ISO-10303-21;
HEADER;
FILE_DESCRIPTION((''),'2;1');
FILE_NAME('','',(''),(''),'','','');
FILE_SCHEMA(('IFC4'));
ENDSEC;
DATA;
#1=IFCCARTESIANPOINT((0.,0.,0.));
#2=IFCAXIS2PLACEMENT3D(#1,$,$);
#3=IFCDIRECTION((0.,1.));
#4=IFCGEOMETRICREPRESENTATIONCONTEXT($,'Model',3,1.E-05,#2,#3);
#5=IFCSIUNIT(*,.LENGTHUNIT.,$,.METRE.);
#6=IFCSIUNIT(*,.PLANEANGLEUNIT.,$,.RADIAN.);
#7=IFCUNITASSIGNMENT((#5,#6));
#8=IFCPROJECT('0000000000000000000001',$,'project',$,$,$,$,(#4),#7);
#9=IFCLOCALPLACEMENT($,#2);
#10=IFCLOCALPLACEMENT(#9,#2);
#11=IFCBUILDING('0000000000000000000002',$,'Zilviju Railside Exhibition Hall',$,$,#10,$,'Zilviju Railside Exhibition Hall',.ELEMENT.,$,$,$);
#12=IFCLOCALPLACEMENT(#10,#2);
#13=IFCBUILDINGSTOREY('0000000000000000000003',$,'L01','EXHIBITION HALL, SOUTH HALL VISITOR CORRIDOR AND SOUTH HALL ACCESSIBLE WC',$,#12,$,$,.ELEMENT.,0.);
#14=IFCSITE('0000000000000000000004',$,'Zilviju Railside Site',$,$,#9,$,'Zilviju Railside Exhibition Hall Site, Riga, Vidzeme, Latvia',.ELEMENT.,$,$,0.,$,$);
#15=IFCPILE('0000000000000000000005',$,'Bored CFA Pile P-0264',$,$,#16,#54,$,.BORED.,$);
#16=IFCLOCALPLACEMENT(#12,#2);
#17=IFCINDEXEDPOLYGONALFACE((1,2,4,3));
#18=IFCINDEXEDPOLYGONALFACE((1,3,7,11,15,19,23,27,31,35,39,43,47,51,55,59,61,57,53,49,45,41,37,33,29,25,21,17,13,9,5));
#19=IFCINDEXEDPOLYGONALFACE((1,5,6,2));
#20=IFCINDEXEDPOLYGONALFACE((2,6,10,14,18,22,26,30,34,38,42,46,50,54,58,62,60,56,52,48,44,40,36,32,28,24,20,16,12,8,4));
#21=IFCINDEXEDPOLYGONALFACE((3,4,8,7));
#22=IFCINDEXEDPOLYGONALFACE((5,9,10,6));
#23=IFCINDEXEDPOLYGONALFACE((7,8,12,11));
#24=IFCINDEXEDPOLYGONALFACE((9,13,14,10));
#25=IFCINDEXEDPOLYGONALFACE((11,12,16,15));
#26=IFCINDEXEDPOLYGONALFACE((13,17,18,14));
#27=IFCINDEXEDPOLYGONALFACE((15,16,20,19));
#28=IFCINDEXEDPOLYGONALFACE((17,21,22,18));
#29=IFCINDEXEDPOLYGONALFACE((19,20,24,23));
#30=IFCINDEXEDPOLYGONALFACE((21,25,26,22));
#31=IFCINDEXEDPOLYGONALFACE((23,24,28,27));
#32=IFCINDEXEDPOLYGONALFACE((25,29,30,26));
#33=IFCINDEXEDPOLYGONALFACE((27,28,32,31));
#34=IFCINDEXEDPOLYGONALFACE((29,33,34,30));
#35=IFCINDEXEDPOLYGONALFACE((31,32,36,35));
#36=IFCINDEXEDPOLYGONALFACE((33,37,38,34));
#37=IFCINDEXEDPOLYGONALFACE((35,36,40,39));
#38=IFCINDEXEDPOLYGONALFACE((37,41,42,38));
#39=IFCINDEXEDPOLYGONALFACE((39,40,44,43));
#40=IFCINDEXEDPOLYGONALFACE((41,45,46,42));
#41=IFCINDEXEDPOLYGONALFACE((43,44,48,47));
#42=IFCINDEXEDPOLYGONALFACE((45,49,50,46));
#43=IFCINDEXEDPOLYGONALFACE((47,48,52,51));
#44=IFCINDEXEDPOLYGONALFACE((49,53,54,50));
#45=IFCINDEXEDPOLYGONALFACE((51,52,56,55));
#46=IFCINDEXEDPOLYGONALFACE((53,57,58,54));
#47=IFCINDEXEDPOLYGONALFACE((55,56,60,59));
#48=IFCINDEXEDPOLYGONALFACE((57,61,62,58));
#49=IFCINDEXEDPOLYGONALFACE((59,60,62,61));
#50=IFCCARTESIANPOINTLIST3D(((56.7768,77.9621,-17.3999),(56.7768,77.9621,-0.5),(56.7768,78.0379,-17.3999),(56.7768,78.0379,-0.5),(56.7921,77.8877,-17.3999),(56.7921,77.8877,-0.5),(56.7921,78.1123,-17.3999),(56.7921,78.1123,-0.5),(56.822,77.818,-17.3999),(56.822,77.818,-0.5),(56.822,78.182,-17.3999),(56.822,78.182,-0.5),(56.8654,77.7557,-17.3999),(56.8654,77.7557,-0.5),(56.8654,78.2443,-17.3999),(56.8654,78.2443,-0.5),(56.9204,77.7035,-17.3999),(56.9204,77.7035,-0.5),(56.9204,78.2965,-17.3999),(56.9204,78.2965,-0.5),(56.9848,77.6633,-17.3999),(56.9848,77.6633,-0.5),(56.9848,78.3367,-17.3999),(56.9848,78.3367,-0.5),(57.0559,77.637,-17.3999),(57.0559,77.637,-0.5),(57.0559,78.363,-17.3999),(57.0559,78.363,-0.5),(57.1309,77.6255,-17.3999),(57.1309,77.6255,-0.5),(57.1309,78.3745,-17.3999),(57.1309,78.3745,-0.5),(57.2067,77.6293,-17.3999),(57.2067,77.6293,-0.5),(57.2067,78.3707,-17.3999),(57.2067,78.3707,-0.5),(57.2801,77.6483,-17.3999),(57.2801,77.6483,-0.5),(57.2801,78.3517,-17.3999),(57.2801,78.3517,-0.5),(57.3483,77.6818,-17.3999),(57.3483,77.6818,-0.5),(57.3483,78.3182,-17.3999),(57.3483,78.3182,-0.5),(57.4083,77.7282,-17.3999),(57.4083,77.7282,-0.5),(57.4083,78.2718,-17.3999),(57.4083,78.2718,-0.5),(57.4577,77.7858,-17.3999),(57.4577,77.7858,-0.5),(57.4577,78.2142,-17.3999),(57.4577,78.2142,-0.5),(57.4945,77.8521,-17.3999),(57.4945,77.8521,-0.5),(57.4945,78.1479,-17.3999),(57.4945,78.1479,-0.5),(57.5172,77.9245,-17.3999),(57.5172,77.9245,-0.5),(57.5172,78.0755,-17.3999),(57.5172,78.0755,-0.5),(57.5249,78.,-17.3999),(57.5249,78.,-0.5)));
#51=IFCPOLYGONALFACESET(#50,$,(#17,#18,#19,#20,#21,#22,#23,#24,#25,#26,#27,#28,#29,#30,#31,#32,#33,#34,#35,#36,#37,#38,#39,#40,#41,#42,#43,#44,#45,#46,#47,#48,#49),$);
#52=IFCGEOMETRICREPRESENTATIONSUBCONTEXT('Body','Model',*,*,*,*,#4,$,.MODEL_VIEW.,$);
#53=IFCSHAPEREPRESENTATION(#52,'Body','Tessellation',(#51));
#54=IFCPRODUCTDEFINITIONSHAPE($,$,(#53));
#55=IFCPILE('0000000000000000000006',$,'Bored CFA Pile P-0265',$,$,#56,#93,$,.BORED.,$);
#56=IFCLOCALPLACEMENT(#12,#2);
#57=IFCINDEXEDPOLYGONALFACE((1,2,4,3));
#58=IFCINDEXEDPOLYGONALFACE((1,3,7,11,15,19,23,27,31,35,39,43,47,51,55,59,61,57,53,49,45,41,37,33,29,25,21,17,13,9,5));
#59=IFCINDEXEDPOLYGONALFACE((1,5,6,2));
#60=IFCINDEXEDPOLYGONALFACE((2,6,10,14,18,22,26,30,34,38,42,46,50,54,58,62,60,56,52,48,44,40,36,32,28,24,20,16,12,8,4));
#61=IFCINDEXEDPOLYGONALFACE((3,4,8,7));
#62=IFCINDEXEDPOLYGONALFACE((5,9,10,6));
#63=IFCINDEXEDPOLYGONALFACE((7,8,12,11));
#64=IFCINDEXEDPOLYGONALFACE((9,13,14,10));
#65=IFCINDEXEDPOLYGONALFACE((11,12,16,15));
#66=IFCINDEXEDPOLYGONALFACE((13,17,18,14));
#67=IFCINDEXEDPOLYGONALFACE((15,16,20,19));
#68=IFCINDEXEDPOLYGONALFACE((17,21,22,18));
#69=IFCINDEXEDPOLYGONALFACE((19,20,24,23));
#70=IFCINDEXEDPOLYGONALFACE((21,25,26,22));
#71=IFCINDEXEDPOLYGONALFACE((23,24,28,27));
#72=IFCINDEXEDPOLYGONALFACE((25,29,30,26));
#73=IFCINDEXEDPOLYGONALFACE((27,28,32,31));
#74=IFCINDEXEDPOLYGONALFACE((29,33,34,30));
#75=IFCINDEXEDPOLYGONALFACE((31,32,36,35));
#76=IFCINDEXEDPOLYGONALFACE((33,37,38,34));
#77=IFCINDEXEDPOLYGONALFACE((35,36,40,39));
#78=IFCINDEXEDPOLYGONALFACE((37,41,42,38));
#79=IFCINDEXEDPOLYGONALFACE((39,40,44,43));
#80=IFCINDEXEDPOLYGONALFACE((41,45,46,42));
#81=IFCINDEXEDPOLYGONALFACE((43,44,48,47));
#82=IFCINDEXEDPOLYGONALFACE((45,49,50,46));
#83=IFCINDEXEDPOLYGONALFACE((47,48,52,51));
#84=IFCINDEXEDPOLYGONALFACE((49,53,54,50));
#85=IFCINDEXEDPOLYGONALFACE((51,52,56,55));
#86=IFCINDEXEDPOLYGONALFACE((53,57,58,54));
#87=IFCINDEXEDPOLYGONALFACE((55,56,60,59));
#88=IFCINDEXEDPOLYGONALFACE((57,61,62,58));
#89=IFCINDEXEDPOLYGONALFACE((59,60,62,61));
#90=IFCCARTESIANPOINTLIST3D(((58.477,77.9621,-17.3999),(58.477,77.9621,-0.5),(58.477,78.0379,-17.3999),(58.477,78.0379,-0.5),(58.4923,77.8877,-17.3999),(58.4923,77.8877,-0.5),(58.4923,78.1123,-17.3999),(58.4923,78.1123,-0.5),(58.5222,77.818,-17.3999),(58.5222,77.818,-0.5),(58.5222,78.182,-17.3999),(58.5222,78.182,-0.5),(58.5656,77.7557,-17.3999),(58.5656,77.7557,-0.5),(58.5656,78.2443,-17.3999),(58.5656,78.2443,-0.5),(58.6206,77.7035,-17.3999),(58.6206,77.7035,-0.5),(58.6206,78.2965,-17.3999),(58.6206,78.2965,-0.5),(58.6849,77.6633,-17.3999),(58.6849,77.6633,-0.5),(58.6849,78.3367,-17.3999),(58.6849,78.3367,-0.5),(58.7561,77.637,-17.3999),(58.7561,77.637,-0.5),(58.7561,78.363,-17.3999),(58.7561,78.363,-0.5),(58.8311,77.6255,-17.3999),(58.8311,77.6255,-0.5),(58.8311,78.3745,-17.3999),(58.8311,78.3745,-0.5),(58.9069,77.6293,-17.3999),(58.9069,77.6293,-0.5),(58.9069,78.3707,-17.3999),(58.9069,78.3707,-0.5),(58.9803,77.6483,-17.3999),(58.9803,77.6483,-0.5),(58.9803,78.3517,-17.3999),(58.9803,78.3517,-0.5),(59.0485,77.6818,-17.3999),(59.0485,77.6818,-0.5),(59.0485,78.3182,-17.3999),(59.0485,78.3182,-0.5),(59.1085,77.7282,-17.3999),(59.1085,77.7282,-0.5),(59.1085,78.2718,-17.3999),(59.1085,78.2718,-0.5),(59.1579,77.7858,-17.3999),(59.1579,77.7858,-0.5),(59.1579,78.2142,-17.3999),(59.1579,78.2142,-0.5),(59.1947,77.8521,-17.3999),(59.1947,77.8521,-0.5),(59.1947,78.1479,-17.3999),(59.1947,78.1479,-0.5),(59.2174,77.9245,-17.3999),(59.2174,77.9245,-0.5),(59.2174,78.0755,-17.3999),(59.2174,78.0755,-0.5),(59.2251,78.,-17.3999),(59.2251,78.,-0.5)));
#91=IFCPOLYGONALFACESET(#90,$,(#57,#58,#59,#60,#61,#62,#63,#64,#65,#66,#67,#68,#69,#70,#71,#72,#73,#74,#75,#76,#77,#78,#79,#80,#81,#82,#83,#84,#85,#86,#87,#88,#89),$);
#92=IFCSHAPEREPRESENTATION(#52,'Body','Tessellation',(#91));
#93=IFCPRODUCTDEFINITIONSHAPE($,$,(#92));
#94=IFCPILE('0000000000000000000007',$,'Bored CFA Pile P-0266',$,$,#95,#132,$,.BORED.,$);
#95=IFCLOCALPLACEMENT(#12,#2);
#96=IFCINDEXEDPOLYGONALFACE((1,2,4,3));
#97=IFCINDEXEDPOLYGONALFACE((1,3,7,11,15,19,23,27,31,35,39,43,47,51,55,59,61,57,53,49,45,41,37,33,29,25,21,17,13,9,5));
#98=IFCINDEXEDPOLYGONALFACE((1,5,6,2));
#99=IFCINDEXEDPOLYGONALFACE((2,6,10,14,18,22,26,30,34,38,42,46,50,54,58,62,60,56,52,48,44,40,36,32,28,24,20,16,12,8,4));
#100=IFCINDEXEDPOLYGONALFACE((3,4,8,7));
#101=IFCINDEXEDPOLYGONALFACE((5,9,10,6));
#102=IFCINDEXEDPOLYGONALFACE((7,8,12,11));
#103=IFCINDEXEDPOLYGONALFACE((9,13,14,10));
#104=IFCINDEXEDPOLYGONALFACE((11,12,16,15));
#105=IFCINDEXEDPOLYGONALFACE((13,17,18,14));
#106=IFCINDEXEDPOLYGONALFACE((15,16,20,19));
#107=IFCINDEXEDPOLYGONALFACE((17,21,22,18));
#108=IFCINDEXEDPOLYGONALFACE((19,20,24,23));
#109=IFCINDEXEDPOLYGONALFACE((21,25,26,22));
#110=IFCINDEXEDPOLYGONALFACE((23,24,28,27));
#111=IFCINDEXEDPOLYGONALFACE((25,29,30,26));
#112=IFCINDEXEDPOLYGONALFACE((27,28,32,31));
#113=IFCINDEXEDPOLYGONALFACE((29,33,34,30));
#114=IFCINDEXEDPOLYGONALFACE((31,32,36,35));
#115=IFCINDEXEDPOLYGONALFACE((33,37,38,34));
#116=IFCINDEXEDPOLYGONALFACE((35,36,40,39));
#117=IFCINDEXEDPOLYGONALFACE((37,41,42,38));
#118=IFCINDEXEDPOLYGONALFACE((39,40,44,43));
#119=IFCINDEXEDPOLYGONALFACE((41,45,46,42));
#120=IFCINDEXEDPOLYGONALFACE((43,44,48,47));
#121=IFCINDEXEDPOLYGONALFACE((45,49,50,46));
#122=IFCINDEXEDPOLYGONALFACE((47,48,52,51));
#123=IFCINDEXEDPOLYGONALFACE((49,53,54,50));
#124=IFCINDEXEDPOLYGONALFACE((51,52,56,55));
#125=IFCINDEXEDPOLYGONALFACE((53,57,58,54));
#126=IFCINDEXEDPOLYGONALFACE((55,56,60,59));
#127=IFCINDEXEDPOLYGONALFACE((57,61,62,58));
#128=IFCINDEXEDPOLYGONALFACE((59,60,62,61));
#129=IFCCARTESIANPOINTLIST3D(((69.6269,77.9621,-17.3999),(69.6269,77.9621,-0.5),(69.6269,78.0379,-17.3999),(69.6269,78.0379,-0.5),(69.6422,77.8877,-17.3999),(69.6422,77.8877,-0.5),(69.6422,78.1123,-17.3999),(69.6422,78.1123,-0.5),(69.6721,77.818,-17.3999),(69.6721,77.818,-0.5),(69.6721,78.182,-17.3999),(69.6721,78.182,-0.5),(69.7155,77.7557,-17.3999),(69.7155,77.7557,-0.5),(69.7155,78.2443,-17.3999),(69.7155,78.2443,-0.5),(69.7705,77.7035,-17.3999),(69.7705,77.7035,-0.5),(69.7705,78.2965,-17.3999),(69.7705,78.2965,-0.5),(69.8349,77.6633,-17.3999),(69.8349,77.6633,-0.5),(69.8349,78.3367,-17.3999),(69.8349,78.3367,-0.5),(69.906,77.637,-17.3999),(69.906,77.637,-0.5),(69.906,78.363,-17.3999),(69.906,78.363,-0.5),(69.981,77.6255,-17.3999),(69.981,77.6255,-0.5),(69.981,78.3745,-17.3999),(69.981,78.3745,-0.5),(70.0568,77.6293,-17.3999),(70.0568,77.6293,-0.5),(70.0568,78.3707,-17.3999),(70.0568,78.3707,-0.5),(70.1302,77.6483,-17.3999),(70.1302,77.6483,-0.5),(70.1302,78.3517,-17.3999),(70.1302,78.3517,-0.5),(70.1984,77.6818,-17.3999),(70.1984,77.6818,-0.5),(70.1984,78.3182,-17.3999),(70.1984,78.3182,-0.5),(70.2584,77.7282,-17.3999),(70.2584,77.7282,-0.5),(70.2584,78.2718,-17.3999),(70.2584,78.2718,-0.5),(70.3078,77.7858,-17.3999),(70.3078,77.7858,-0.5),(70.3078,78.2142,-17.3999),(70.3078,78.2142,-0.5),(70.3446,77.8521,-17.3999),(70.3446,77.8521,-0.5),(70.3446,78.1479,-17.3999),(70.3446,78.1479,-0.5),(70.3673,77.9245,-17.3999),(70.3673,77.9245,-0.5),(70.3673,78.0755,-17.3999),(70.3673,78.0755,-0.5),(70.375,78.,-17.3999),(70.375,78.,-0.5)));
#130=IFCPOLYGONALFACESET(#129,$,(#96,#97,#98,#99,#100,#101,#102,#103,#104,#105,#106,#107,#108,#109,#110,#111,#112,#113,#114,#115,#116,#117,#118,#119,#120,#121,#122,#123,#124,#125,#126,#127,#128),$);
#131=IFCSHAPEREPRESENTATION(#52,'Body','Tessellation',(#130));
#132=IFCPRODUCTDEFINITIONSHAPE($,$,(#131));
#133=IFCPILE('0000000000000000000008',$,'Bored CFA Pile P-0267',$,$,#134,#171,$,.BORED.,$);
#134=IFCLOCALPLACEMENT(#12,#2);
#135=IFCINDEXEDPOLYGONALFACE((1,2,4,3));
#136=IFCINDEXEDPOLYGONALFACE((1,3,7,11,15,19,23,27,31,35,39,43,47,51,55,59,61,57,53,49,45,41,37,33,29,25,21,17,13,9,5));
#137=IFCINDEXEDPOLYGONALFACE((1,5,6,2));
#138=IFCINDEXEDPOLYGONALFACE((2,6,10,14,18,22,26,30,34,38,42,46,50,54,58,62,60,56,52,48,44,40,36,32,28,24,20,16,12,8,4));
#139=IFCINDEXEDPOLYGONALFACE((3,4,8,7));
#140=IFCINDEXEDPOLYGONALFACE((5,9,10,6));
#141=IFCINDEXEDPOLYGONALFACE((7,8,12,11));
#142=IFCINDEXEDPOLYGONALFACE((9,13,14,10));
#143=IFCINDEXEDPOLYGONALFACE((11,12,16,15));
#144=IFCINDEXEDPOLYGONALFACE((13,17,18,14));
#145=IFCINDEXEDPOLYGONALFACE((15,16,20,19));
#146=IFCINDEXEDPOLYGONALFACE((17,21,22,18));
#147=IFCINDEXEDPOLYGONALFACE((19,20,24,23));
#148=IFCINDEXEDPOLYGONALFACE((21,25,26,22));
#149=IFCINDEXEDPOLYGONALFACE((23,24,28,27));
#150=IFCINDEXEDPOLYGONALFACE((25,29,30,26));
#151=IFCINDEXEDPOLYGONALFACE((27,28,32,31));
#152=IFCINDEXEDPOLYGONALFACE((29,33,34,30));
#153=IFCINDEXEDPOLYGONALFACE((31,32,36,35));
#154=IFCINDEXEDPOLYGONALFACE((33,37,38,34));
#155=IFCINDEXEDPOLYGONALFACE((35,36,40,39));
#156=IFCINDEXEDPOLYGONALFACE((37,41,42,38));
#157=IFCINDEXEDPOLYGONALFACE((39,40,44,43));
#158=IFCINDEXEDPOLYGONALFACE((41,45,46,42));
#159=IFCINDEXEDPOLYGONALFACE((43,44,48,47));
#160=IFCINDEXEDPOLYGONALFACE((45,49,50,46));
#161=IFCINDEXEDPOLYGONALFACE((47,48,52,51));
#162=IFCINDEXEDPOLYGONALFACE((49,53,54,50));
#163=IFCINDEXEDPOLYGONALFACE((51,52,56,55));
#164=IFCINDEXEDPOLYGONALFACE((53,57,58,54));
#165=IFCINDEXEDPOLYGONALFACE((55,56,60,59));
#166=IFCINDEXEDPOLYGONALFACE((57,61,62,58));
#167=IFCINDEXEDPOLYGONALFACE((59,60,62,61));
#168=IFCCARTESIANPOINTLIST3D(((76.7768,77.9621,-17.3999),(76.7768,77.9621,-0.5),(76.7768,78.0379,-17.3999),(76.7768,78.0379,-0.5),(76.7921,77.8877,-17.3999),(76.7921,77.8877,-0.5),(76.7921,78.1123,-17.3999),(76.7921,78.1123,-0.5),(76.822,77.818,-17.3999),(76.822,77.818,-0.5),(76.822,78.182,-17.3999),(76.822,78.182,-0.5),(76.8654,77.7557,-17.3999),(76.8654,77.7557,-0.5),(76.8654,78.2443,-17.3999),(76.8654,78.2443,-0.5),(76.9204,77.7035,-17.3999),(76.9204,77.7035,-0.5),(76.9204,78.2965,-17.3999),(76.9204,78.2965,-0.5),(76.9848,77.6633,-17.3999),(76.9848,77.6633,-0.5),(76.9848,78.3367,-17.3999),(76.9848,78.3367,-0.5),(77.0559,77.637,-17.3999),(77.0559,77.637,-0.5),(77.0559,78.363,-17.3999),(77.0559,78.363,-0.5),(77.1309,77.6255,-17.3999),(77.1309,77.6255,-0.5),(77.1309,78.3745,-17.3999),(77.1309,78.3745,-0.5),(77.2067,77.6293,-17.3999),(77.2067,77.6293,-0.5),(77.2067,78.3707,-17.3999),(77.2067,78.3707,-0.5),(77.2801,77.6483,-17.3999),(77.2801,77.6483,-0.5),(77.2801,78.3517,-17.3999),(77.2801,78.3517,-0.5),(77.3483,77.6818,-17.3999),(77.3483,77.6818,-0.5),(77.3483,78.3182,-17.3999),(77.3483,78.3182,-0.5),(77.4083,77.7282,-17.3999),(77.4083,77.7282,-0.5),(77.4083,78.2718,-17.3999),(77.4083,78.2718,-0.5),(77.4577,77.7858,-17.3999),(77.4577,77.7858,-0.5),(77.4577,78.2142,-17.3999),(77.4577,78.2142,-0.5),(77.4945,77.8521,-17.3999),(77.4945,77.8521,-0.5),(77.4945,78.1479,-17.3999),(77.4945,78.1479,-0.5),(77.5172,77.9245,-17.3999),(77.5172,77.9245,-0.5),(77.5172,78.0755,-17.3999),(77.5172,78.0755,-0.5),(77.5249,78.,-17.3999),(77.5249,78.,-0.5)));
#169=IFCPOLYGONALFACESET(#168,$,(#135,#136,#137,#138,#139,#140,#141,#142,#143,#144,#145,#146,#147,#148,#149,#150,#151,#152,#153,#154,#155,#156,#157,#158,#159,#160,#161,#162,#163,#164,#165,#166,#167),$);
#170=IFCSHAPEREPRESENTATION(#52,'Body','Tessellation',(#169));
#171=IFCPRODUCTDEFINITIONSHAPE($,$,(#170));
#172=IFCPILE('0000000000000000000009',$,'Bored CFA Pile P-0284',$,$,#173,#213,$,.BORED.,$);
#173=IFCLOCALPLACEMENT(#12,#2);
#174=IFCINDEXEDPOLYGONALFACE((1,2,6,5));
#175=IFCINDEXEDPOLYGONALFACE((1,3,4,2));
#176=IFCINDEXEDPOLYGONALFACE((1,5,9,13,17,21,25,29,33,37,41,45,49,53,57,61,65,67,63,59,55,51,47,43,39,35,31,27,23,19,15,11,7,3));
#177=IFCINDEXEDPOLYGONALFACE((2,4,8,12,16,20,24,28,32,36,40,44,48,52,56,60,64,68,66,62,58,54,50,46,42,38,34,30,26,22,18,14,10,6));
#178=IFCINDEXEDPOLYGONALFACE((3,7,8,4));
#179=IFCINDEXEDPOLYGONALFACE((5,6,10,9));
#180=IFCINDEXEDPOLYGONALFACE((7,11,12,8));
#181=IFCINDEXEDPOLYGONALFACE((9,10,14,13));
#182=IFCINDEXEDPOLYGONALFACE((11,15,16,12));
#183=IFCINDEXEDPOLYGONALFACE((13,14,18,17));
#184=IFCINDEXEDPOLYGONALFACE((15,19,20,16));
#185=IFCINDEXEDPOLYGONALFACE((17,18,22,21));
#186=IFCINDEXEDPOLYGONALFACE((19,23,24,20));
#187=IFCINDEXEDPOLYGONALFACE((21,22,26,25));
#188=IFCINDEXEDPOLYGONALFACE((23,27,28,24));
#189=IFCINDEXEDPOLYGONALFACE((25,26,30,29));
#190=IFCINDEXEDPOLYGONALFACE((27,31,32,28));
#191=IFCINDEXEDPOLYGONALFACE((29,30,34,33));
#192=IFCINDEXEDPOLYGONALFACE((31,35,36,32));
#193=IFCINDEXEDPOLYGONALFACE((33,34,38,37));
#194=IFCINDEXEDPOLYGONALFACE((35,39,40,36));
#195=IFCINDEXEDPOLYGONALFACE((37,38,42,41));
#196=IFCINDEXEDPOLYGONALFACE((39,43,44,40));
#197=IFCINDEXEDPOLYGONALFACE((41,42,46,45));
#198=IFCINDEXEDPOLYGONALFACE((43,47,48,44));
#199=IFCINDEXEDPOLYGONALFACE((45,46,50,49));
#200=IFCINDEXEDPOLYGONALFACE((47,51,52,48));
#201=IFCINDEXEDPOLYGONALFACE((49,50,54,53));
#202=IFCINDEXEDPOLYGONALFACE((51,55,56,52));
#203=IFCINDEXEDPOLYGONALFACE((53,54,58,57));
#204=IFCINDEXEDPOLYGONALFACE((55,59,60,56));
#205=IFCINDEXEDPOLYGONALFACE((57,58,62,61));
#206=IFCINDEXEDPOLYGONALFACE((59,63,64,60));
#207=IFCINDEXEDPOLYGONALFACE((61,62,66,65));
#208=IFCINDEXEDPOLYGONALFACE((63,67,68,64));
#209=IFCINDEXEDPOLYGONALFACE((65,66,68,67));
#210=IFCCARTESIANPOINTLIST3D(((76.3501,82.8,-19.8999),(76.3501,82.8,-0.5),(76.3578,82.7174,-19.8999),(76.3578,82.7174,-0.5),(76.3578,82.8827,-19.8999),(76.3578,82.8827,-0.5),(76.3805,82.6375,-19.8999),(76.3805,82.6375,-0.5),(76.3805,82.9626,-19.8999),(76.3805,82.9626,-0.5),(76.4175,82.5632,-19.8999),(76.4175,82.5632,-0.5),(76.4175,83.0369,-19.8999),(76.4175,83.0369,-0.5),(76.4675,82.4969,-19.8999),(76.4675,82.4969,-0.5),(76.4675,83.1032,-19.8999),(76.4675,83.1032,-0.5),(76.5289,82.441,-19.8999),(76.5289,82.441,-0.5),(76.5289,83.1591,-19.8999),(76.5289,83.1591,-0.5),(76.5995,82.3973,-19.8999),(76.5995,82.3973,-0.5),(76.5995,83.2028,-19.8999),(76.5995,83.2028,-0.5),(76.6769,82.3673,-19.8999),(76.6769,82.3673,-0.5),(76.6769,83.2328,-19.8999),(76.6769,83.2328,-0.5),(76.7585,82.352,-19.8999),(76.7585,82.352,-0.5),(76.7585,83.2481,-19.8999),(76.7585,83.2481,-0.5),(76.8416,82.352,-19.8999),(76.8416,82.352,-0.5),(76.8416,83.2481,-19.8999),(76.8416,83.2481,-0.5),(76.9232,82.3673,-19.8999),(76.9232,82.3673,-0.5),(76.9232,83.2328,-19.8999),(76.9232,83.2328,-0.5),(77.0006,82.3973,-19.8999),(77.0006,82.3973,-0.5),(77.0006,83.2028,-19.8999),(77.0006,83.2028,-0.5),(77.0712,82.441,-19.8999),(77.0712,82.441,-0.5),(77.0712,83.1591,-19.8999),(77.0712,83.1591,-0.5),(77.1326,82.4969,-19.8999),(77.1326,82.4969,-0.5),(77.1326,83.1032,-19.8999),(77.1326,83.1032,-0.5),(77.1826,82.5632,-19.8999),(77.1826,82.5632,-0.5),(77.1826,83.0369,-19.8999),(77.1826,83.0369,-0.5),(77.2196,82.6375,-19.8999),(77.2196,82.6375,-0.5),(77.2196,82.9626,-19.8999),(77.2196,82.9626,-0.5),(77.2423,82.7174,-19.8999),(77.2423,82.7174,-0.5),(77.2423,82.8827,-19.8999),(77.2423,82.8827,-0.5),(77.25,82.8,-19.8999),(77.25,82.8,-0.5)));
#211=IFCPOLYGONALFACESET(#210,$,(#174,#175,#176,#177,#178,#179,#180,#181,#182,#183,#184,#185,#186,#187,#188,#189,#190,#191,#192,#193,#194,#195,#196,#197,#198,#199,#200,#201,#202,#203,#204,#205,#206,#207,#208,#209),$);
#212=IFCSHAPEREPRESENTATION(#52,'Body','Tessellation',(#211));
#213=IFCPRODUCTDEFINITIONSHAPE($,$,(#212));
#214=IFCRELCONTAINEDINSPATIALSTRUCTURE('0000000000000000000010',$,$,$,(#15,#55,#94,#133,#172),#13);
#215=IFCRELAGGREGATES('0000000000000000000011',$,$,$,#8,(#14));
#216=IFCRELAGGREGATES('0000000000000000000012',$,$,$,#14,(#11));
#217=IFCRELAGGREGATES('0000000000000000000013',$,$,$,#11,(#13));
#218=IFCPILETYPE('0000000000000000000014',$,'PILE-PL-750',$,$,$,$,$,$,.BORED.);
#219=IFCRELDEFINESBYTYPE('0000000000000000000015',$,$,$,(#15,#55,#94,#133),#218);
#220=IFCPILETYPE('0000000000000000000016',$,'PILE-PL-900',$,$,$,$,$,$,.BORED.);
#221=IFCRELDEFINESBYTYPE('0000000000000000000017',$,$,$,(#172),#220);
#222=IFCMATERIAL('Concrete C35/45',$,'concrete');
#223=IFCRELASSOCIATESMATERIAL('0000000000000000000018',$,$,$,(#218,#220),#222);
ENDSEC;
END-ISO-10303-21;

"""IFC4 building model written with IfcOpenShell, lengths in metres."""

from ifc_helpers import new_model, si_unit, direction, frame, origin, origin_2d, place, context, subcontext, project, spatial, circle, extrude, material, material_profile, profile_set, type_object, element, save


model = new_model("IFC4")

# Units and contexts
model_context = context("Model", 3, precision=1e-05, world=origin(), true_north=direction((0.0, 1.0)))
body_context = subcontext(model_context, "Body", "Model", "MODEL_VIEW")
ifc_project = project(units=[si_unit("LENGTHUNIT", "METRE"), si_unit("PLANEANGLEUNIT", "RADIAN")], contexts=[model_context])

# Site, building, storey
site_placement = place(None, origin())
site = spatial("IfcSite", under=ifc_project, at=site_placement, Name="Zilviju Railside Site", LongName="Zilviju Railside Exhibition Hall Site, Riga, Vidzeme, Latvia", CompositionType="ELEMENT", RefElevation=0.0)
building_placement = place(site_placement, origin())
building = spatial("IfcBuilding", under=site, at=building_placement, Name="Zilviju Railside Exhibition Hall", LongName="Zilviju Railside Exhibition Hall", CompositionType="ELEMENT")
storey_placement = place(building_placement, origin())
storey = spatial("IfcBuildingStorey", under=building, at=storey_placement, Name="L01", Description="EXHIBITION HALL, SOUTH HALL VISITOR CORRIDOR AND SOUTH HALL ACCESSIBLE WC", CompositionType="ELEMENT", Elevation=0.0)

# Shared definitions
ifc_material_1 = material(Name="Concrete C35/45", Category="concrete")

# Piles
ifc_material_profile_1 = material_profile(ifc_material_1, circle(Radius=0.375, at=origin_2d()), Name="CFA PILE D750")
ifc_profile_set_1 = profile_set([ifc_material_profile_1], Name="Concrete C35/45")
pile_type_1 = type_object("IfcPileType", Name="PILE-PL-750", PredefinedType="BORED", material=ifc_profile_set_1)
for number, where, z_axis, x_axis, name in (
    (1, (57.1499, 78.0, -0.5), (0.0, 0.0, -1.0), (1.0, 0.0, 0.0), "Bored CFA Pile P-0264"),
    (2, (58.8501, 78.0, -0.5), (0.0, 0.0, -1.0), (1.0, 0.0, 0.0), "Bored CFA Pile P-0265"),
    (3, (70.0, 78.0, -0.5), (0.0, 0.0, -1.0), (1.0, 0.0, 0.0), "Bored CFA Pile P-0266"),
    (4, (77.1499, 78.0, -0.5), (0.0, 0.0, -1.0), (1.0, 0.0, 0.0), "Bored CFA Pile P-0267"),
):
    element("IfcPile", number, at=place(storey_placement, frame(where, z_axis=z_axis, x_axis=x_axis)), inside=storey, type_object=pile_type_1, Name=name, PredefinedType="BORED", context=body_context, shape_type="SweptSolid", body=[
        extrude(circle(Radius=0.375, at=origin_2d()), origin(), (0.0, 0.0, 1.0), 16.8999),
    ])
ifc_material_profile_2 = material_profile(ifc_material_1, circle(Radius=0.45, at=origin_2d()), Name="CFA PILE D900")
ifc_profile_set_2 = profile_set([ifc_material_profile_2], Name="Concrete C35/45")
pile_type_2 = type_object("IfcPileType", Name="PILE-PL-900", PredefinedType="BORED", material=ifc_profile_set_2)
pile_placement = place(storey_placement, frame((76.8, 82.8, -0.5), z_axis=(0.0, 0.0, -1.0), x_axis=(1.0, 0.0, 0.0)))
element("IfcPile", 5, at=pile_placement, inside=storey, type_object=pile_type_2, Name="Bored CFA Pile P-0284", PredefinedType="BORED", context=body_context, shape_type="SweptSolid", body=[
    extrude(circle(Radius=0.45, at=origin_2d()), origin(), (0.0, 0.0, 1.0), 19.3999),
])

save(model, "model.ifc")
